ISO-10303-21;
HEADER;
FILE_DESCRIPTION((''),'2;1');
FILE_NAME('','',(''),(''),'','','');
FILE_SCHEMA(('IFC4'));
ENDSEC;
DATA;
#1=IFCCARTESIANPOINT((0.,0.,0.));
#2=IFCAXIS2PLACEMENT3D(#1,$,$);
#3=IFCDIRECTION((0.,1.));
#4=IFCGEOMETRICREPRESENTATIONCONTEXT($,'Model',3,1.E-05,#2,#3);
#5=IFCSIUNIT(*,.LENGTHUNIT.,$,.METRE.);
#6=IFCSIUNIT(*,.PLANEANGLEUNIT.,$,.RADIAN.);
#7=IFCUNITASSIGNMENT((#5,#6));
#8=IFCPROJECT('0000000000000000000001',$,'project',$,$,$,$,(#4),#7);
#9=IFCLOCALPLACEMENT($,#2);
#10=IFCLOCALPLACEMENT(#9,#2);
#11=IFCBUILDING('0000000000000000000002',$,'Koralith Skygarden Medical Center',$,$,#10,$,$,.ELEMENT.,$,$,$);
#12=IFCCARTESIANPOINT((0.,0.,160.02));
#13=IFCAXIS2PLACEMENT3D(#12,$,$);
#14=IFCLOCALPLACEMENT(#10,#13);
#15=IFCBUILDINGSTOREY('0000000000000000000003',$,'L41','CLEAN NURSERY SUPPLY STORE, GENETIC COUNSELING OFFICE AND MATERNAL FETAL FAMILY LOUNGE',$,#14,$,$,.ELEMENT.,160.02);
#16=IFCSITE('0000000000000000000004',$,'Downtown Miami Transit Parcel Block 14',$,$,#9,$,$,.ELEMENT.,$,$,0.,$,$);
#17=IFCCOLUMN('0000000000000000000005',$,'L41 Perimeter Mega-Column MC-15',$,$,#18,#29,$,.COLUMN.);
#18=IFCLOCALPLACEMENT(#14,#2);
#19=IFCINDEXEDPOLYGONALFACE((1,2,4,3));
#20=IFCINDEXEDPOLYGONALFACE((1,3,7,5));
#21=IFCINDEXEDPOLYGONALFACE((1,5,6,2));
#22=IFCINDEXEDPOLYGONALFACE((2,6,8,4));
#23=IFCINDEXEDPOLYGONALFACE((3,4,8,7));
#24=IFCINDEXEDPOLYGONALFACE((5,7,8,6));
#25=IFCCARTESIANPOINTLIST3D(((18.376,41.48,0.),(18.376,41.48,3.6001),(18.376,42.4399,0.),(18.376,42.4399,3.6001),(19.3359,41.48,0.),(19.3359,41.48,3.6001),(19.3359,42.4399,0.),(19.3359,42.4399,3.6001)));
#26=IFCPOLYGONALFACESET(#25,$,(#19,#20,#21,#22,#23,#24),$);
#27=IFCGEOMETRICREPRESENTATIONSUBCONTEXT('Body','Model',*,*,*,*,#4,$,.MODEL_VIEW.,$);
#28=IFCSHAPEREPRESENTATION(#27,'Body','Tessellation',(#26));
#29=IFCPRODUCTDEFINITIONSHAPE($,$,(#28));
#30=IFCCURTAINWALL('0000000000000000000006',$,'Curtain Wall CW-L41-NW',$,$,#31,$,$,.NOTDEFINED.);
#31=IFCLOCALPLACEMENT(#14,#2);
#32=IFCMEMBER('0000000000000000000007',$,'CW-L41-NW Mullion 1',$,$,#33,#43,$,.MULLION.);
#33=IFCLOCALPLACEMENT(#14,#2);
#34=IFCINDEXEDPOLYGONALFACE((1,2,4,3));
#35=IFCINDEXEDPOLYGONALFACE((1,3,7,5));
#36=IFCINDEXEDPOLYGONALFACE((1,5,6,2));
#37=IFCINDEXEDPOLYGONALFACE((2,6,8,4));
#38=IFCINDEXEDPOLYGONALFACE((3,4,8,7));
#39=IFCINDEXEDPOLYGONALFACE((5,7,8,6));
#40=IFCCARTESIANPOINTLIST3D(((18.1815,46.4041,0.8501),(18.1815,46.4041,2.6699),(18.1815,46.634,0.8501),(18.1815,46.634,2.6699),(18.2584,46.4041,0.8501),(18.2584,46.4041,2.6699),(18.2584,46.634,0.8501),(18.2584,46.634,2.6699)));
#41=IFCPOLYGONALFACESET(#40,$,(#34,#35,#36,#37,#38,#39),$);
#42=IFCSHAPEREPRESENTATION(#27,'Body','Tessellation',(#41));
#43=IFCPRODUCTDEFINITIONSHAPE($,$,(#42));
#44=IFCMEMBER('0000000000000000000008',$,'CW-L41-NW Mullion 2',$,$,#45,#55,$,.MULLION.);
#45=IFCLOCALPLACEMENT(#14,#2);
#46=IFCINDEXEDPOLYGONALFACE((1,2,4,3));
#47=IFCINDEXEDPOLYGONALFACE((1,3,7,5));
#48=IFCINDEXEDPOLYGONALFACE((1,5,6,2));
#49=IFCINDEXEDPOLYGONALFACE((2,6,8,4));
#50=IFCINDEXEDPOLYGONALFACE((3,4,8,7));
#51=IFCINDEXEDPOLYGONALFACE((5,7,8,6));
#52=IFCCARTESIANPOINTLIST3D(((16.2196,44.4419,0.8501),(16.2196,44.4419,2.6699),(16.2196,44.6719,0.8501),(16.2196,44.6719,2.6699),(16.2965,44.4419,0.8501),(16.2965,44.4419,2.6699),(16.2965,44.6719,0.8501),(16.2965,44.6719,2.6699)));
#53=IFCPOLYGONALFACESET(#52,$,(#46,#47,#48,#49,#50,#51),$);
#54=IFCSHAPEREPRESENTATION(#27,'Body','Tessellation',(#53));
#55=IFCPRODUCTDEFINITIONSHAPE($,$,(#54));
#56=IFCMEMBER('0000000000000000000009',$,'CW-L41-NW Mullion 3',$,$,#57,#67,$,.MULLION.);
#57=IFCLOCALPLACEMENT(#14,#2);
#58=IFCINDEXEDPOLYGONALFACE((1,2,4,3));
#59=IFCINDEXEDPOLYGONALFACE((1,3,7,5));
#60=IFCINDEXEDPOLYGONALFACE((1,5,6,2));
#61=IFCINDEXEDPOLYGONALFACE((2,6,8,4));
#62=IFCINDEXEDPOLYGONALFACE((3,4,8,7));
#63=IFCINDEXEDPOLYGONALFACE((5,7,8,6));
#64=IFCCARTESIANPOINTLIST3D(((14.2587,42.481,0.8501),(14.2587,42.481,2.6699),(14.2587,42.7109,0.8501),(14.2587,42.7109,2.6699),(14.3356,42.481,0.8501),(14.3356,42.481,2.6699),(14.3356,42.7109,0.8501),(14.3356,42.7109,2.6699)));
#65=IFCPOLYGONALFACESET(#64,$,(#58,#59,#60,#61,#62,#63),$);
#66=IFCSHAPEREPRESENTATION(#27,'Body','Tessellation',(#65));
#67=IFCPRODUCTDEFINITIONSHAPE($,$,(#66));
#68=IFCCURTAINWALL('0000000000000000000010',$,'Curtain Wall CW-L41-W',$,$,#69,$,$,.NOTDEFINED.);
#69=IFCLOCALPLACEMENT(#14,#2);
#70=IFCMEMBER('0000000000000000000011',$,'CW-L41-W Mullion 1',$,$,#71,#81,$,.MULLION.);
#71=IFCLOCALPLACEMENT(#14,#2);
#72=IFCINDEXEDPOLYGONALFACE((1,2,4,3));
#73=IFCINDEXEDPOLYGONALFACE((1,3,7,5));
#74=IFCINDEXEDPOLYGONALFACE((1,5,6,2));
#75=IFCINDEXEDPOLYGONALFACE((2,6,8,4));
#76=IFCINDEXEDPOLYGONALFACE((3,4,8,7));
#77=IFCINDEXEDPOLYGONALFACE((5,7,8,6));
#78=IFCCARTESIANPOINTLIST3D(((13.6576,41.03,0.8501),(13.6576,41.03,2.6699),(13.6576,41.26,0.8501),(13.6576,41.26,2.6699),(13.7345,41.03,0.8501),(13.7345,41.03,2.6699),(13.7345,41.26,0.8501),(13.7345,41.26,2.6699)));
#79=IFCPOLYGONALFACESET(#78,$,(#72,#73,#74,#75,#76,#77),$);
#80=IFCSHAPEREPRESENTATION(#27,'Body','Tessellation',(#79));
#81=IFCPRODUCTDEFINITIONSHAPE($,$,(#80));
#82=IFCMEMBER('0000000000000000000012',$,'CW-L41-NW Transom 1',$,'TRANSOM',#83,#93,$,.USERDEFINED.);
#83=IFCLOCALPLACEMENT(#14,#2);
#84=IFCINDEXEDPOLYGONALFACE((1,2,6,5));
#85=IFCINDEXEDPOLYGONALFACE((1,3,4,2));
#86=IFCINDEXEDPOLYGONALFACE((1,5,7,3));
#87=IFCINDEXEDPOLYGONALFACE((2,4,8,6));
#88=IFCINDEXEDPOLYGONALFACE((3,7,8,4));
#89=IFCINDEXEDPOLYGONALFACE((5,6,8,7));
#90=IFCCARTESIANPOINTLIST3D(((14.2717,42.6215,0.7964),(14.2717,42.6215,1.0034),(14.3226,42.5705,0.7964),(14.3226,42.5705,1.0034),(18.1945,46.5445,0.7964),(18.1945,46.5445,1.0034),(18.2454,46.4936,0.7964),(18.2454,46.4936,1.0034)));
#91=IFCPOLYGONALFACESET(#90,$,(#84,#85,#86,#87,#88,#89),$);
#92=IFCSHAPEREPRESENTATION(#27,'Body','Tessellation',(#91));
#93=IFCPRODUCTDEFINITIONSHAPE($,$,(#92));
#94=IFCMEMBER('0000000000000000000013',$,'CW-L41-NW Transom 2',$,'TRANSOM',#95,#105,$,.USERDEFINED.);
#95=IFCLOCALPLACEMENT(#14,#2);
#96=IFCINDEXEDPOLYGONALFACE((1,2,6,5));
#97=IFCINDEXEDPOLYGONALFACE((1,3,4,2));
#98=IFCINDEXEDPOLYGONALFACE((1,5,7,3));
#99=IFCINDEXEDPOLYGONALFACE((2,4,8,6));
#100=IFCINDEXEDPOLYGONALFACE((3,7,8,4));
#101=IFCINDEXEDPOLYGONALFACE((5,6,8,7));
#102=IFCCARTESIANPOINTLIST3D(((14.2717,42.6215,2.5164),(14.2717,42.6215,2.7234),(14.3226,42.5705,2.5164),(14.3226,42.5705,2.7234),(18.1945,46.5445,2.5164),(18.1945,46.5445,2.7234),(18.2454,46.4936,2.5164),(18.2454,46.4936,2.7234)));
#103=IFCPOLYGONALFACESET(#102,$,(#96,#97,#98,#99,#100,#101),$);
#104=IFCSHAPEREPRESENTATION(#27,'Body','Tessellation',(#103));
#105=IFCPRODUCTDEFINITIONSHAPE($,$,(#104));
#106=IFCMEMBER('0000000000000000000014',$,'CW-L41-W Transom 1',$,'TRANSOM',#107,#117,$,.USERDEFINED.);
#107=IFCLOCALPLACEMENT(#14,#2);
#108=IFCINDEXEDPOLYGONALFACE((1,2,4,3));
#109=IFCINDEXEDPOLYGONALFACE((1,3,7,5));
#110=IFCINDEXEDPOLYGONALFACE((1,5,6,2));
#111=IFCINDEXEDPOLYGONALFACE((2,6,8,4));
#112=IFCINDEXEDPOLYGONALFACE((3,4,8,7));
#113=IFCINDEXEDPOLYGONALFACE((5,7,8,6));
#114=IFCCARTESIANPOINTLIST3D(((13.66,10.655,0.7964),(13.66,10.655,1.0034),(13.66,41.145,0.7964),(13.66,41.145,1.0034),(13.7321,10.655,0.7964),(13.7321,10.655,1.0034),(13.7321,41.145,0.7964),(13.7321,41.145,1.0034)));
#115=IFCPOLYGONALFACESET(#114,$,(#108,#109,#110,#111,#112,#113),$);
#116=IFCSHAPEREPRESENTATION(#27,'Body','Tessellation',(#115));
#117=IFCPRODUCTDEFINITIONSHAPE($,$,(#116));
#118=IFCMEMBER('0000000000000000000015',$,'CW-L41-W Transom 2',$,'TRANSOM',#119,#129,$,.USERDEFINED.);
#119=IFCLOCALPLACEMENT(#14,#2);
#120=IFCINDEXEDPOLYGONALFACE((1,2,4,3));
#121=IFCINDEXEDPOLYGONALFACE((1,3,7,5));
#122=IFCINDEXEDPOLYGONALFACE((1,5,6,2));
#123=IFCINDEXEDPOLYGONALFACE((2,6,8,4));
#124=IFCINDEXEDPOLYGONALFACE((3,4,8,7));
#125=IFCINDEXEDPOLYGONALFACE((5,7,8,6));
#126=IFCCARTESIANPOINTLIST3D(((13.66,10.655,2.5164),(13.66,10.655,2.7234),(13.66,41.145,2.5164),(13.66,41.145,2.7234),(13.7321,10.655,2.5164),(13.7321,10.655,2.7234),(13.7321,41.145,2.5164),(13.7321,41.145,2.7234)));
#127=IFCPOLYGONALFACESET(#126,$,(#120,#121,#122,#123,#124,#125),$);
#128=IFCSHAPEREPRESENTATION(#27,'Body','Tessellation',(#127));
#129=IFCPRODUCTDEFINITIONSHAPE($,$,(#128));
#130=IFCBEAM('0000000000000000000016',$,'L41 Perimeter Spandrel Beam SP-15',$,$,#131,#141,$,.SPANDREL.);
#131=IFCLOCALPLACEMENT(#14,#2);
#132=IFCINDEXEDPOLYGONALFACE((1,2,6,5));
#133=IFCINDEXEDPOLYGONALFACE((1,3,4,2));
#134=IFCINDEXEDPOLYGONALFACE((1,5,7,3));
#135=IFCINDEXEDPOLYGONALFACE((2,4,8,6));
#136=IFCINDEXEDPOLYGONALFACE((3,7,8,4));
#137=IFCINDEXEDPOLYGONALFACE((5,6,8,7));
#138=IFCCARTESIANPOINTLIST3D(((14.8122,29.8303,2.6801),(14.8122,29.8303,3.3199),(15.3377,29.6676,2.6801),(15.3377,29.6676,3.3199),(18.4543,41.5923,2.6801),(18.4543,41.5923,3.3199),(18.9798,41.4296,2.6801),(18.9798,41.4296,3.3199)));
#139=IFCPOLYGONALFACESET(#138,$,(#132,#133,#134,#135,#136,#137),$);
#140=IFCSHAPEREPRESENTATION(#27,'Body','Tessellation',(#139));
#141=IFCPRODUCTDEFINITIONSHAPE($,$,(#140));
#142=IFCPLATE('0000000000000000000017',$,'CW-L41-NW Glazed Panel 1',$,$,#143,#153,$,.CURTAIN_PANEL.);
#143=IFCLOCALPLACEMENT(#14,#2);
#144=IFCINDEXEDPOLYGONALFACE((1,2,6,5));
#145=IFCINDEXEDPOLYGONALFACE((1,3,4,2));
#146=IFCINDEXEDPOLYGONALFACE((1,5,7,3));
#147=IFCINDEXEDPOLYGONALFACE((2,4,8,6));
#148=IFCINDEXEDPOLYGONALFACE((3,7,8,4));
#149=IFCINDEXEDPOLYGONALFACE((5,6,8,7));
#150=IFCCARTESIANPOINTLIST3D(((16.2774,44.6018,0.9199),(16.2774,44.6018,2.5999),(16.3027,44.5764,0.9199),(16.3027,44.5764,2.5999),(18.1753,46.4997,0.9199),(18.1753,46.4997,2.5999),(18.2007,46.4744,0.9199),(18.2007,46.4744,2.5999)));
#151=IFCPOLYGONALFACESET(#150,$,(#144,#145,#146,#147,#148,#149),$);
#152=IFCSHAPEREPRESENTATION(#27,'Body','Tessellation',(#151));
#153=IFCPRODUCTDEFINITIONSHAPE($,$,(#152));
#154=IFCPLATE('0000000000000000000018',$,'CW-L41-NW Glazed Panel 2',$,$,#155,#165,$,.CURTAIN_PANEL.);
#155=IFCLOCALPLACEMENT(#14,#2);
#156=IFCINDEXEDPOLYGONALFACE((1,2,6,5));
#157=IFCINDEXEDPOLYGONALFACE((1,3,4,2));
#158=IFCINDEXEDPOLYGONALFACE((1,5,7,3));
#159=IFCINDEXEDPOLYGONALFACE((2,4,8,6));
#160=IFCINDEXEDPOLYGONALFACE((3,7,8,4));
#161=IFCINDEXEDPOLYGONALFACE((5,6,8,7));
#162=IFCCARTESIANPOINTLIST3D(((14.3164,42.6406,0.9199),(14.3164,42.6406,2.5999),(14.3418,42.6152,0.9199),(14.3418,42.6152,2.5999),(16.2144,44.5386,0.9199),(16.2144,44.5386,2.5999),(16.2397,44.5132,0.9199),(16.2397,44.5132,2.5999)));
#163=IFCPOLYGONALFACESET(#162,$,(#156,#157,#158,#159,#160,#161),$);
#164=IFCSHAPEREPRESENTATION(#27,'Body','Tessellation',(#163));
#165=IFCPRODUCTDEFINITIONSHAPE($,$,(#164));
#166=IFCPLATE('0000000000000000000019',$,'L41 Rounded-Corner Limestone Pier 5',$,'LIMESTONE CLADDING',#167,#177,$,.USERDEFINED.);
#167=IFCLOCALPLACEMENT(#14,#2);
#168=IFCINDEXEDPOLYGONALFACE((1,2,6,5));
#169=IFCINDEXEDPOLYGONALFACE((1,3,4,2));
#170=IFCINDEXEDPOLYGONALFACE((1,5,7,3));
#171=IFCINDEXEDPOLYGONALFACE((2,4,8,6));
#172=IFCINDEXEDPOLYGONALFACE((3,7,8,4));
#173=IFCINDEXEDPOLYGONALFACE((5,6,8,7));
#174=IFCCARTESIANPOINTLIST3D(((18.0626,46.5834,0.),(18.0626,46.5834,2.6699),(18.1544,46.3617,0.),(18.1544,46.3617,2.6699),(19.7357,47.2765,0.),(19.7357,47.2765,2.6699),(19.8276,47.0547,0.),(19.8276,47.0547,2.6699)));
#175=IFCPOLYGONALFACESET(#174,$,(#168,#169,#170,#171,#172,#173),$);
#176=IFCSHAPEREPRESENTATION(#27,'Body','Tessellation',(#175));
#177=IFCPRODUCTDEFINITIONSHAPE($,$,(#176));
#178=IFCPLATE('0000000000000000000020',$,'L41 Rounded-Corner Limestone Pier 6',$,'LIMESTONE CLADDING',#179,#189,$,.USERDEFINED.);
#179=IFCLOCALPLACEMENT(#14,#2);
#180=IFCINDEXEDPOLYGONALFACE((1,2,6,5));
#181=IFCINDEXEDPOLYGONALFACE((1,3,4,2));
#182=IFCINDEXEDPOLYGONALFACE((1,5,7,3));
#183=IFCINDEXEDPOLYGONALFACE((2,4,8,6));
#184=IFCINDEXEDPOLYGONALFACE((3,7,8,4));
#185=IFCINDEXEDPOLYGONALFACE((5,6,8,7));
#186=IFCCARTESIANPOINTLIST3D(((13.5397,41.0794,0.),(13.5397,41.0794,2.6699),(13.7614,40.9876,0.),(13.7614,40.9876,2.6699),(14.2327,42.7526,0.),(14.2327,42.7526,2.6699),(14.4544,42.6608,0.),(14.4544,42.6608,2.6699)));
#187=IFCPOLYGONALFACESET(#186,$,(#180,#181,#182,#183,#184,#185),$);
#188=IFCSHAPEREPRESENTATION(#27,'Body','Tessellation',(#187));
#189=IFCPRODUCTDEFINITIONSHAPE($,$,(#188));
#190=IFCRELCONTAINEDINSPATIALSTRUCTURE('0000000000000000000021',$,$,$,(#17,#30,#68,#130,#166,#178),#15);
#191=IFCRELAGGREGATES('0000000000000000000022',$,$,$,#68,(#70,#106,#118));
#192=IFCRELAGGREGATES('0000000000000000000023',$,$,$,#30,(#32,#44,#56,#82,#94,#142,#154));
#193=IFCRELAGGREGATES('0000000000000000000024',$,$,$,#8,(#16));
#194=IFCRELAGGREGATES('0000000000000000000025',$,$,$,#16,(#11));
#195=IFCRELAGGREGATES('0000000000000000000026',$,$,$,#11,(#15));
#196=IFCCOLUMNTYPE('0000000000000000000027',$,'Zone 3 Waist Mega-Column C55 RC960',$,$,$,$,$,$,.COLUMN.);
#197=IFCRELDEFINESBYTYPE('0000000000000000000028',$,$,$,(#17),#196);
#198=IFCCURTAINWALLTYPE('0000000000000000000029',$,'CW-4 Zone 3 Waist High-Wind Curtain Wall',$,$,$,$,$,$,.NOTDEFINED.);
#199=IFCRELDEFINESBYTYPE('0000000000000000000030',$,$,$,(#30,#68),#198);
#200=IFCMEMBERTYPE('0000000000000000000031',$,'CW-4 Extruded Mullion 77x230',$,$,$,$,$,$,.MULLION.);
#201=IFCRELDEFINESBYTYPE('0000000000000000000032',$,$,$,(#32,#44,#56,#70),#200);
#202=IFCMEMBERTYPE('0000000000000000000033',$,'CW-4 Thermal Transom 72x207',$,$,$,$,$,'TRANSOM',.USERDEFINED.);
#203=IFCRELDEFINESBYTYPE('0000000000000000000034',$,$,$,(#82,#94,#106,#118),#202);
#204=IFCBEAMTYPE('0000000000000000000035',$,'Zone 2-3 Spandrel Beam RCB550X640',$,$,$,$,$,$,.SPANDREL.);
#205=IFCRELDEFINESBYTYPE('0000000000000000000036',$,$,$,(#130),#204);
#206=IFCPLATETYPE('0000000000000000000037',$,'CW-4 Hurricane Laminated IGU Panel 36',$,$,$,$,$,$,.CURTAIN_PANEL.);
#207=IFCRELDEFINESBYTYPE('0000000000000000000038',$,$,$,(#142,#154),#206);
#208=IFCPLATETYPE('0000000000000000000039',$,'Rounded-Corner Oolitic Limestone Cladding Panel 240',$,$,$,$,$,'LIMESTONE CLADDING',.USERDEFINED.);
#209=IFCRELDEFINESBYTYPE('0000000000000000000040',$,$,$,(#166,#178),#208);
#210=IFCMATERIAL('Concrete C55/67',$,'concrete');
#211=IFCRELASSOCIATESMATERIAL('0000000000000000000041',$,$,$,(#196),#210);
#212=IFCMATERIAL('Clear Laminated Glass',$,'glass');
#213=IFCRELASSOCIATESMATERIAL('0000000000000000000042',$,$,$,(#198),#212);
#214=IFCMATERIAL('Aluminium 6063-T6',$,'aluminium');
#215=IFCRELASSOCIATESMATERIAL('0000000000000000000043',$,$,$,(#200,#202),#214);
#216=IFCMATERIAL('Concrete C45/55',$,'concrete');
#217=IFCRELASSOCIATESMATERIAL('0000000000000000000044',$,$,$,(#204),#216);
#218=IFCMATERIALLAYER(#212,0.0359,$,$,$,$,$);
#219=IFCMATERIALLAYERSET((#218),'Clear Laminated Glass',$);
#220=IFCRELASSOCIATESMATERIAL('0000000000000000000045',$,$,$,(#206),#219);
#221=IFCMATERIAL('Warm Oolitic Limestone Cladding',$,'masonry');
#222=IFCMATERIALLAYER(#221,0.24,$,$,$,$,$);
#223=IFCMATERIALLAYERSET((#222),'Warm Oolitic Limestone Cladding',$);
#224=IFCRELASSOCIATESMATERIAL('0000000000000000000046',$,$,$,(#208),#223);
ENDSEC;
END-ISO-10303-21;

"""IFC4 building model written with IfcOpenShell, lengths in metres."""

from ifc_helpers import new_model, si_unit, direction, frame, origin, origin_2d, place, context, subcontext, project, spatial, rectangle, extrude, material, layer, layer_set, material_profile, profile_set, type_object, element, aggregate, save


model = new_model("IFC4")

# Units and contexts
model_context = context("Model", 3, precision=1e-05, world=origin(), true_north=direction((0.0, 1.0)))
body_context = subcontext(model_context, "Body", "Model", "MODEL_VIEW")
ifc_project = project(units=[si_unit("LENGTHUNIT", "METRE"), si_unit("PLANEANGLEUNIT", "RADIAN")], contexts=[model_context])

# Site, building, storey
site_placement = place(None, origin())
site = spatial("IfcSite", under=ifc_project, at=site_placement, Name="Downtown Miami Transit Parcel Block 14", CompositionType="ELEMENT", RefElevation=0.0)
building_placement = place(site_placement, origin())
building = spatial("IfcBuilding", under=site, at=building_placement, Name="Koralith Skygarden Medical Center", CompositionType="ELEMENT")
storey_placement = place(building_placement, frame((0.0, 0.0, 160.02)))
storey = spatial("IfcBuildingStorey", under=building, at=storey_placement, Name="L41", Description="CLEAN NURSERY SUPPLY STORE, GENETIC COUNSELING OFFICE AND MATERNAL FETAL FAMILY LOUNGE", CompositionType="ELEMENT", Elevation=160.02)

# Column
ifc_material_1 = material(Name="Concrete C55/67", Category="concrete")
ifc_material_profile_1 = material_profile(ifc_material_1, rectangle(XDim=0.96, YDim=0.96, at=origin_2d()), Name="RC960X960")
ifc_profile_set_1 = profile_set([ifc_material_profile_1], Name="Concrete C55/67")
column_type = type_object("IfcColumnType", Name="Zone 3 Waist Mega-Column C55 RC960", PredefinedType="COLUMN", material=ifc_profile_set_1)
column_placement = place(storey_placement, frame((18.856, 41.96, 0.0), z_axis=(0.0, 0.0, 1.0), x_axis=(1.0, 0.0, 0.0)))
element("IfcColumn", 1, at=column_placement, inside=storey, type_object=column_type, Name="L41 Perimeter Mega-Column MC-15", PredefinedType="COLUMN", context=body_context, shape_type="SweptSolid", body=[
    extrude(rectangle(XDim=0.96, YDim=0.96, at=origin_2d()), origin(), (0.0, 0.0, 1.0), 3.6001),
])

# Curtain wall, members
ifc_material_2 = material(Name="Clear Laminated Glass", Category="glass")
curtain_wall_type = type_object("IfcCurtainWallType", Name="CW-4 Zone 3 Waist High-Wind Curtain Wall", PredefinedType="NOTDEFINED", material=ifc_material_2)
curtain_wall_1_placement = place(storey_placement, origin())
curtain_wall_1 = element("IfcCurtainWall", 2, at=curtain_wall_1_placement, inside=storey, type_object=curtain_wall_type, Name="Curtain Wall CW-L41-NW", PredefinedType="NOTDEFINED")
ifc_material_3 = material(Name="Aluminium 6063-T6", Category="aluminium")
ifc_material_profile_2 = material_profile(ifc_material_3, rectangle(XDim=0.0769, YDim=0.23, at=origin_2d()), Name="MUL77X230")
ifc_profile_set_2 = profile_set([ifc_material_profile_2], Name="Aluminium 6063-T6")
member_type_1 = type_object("IfcMemberType", Name="CW-4 Extruded Mullion 77x230", PredefinedType="MULLION", material=ifc_profile_set_2)
member_1_placement = place(storey_placement, frame((18.22, 46.519, 0.8501), z_axis=(0.0, 0.0, 1.0), x_axis=(1.0, 0.0, 0.0)))
member_1 = element("IfcMember", 3, at=member_1_placement, type_object=member_type_1, Name="CW-L41-NW Mullion 1", PredefinedType="MULLION", context=body_context, shape_type="SweptSolid", body=[
    extrude(rectangle(XDim=0.0769, YDim=0.23, at=origin_2d()), origin(), (0.0, 0.0, 1.0), 1.8198),
])
member_2_placement = place(storey_placement, frame((16.2581, 44.5569, 0.8501), z_axis=(0.0, 0.0, 1.0), x_axis=(1.0, 0.0, 0.0)))
member_2 = element("IfcMember", 4, at=member_2_placement, type_object=member_type_1, Name="CW-L41-NW Mullion 2", PredefinedType="MULLION", context=body_context, shape_type="SweptSolid", body=[
    extrude(rectangle(XDim=0.0769, YDim=0.23, at=origin_2d()), origin(), (0.0, 0.0, 1.0), 1.8198),
])
member_3_placement = place(storey_placement, frame((14.2971, 42.5959, 0.8501), z_axis=(0.0, 0.0, 1.0), x_axis=(1.0, 0.0, 0.0)))
member_3 = element("IfcMember", 5, at=member_3_placement, type_object=member_type_1, Name="CW-L41-NW Mullion 3", PredefinedType="MULLION", context=body_context, shape_type="SweptSolid", body=[
    extrude(rectangle(XDim=0.0769, YDim=0.23, at=origin_2d()), origin(), (0.0, 0.0, 1.0), 1.8198),
])

# Curtain wall, member
curtain_wall_2_placement = place(storey_placement, origin())
curtain_wall_2 = element("IfcCurtainWall", 6, at=curtain_wall_2_placement, inside=storey, type_object=curtain_wall_type, Name="Curtain Wall CW-L41-W", PredefinedType="NOTDEFINED")
member_4_placement = place(storey_placement, frame((13.696, 41.145, 0.8501), z_axis=(0.0, 0.0, 1.0), x_axis=(1.0, 0.0, 0.0)))
member_4 = element("IfcMember", 7, at=member_4_placement, type_object=member_type_1, Name="CW-L41-W Mullion 1", PredefinedType="MULLION", context=body_context, shape_type="SweptSolid", body=[
    extrude(rectangle(XDim=0.0769, YDim=0.23, at=origin_2d()), origin(), (0.0, 0.0, 1.0), 1.8198),
])

# Members
ifc_material_profile_3 = material_profile(ifc_material_3, rectangle(XDim=0.072, YDim=0.207, at=origin_2d()), Name="TRN72X207")
ifc_profile_set_3 = profile_set([ifc_material_profile_3], Name="Aluminium 6063-T6")
member_type_2 = type_object("IfcMemberType", Name="CW-4 Thermal Transom 72x207", ElementType="TRANSOM", PredefinedType="USERDEFINED", material=ifc_profile_set_3)
member_5_placement = place(storey_placement, frame((18.22, 46.519, 0.8999), z_axis=(-0.707085, -0.707129, 0.0), x_axis=(0.707129, -0.707085, 0.0)))
member_5 = element("IfcMember", 8, at=member_5_placement, type_object=member_type_2, Name="CW-L41-NW Transom 1", ObjectType="TRANSOM", PredefinedType="USERDEFINED", context=body_context, shape_type="SweptSolid", body=[
    extrude(rectangle(XDim=0.072, YDim=0.207, at=origin_2d()), origin(), (0.0, 0.0, 1.0), 5.5479),
])
member_6_placement = place(storey_placement, frame((18.22, 46.519, 2.6199), z_axis=(-0.707085, -0.707129, 0.0), x_axis=(0.707129, -0.707085, 0.0)))
member_6 = element("IfcMember", 9, at=member_6_placement, type_object=member_type_2, Name="CW-L41-NW Transom 2", ObjectType="TRANSOM", PredefinedType="USERDEFINED", context=body_context, shape_type="SweptSolid", body=[
    extrude(rectangle(XDim=0.072, YDim=0.207, at=origin_2d()), origin(), (0.0, 0.0, 1.0), 5.5479),
])
member_7_placement = place(storey_placement, frame((13.696, 41.145, 0.8999), z_axis=(0.0, -1.0, 0.0), x_axis=(1.0, 0.0, 0.0)))
member_7 = element("IfcMember", 10, at=member_7_placement, type_object=member_type_2, Name="CW-L41-W Transom 1", ObjectType="TRANSOM", PredefinedType="USERDEFINED", context=body_context, shape_type="SweptSolid", body=[
    extrude(rectangle(XDim=0.072, YDim=0.207, at=origin_2d()), origin(), (0.0, 0.0, 1.0), 30.49),
])
member_8_placement = place(storey_placement, frame((13.696, 41.145, 2.6199), z_axis=(0.0, -1.0, 0.0), x_axis=(1.0, 0.0, 0.0)))
member_8 = element("IfcMember", 11, at=member_8_placement, type_object=member_type_2, Name="CW-L41-W Transom 2", ObjectType="TRANSOM", PredefinedType="USERDEFINED", context=body_context, shape_type="SweptSolid", body=[
    extrude(rectangle(XDim=0.072, YDim=0.207, at=origin_2d()), origin(), (0.0, 0.0, 1.0), 30.49),
])
aggregate(curtain_wall_2, [member_4, member_7, member_8])

# Beam
ifc_material_4 = material(Name="Concrete C45/55", Category="concrete")
ifc_material_profile_4 = material_profile(ifc_material_4, rectangle(XDim=0.55, YDim=0.6399, at=origin_2d()), Name="RCB550X640")
ifc_profile_set_4 = profile_set([ifc_material_profile_4], Name="Concrete C45/55")
beam_type = type_object("IfcBeamType", Name="Zone 2-3 Spandrel Beam RCB550X640", PredefinedType="SPANDREL", material=ifc_profile_set_4)
beam_placement = place(storey_placement, frame((18.717, 41.511, 3.0), z_axis=(-0.295794, -0.955252, 0.0), x_axis=(0.955252, -0.295794, 0.0)))
element("IfcBeam", 12, at=beam_placement, inside=storey, type_object=beam_type, Name="L41 Perimeter Spandrel Beam SP-15", PredefinedType="SPANDREL", context=body_context, shape_type="SweptSolid", body=[
    extrude(rectangle(XDim=0.55, YDim=0.6399, at=origin_2d()), origin(), (0.0, 0.0, 1.0), 12.313),
])

# Plates
ifc_layer_1 = layer(ifc_material_2, 0.0359)
ifc_layer_set_1 = layer_set([ifc_layer_1], Name="Clear Laminated Glass")
plate_type_1 = type_object("IfcPlateType", Name="CW-4 Hurricane Laminated IGU Panel 36", PredefinedType="CURTAIN_PANEL", material=ifc_layer_set_1)
plate_1_placement = place(storey_placement, frame((17.239, 45.5381, 0.9199), z_axis=(0.0, 0.0, 1.0), x_axis=(-0.707107, -0.707107, 0.0)))
plate_1 = element("IfcPlate", 13, at=plate_1_placement, type_object=plate_type_1, Name="CW-L41-NW Glazed Panel 1", PredefinedType="CURTAIN_PANEL", context=body_context, shape_type="SweptSolid", body=[
    extrude(rectangle(XDim=2.6841, YDim=0.0359, at=origin_2d()), origin(), (0.0, 0.0, 1.0), 1.6799),
])
plate_2_placement = place(storey_placement, frame((15.2781, 43.5769, 0.9199), z_axis=(0.0, 0.0, 1.0), x_axis=(-0.707107, -0.707107, 0.0)))
plate_2 = element("IfcPlate", 14, at=plate_2_placement, type_object=plate_type_1, Name="CW-L41-NW Glazed Panel 2", PredefinedType="CURTAIN_PANEL", context=body_context, shape_type="SweptSolid", body=[
    extrude(rectangle(XDim=2.6841, YDim=0.0359, at=origin_2d()), origin(), (0.0, 0.0, 1.0), 1.6799),
])
aggregate(curtain_wall_1, [member_1, member_2, member_3, member_5, member_6, plate_1, plate_2])

# Plates
ifc_material_5 = material(Name="Warm Oolitic Limestone Cladding", Category="masonry")
ifc_layer_2 = layer(ifc_material_5, 0.24)
ifc_layer_set_2 = layer_set([ifc_layer_2], Name="Warm Oolitic Limestone Cladding")
plate_type_2 = type_object("IfcPlateType", Name="Rounded-Corner Oolitic Limestone Cladding Panel 240", ElementType="LIMESTONE CLADDING", PredefinedType="USERDEFINED", material=ifc_layer_set_2)
for number, where, z_axis, x_axis, name in (
    (15, (18.9451, 46.8191, 0.0), (0.0, 0.0, 1.0), (-0.923885, -0.382671, 0.0), "L41 Rounded-Corner Limestone Pier 5"),
    (16, (13.9971, 41.8701, 0.0), (0.0, 0.0, 1.0), (-0.382671, -0.923885, 0.0), "L41 Rounded-Corner Limestone Pier 6"),
):
    element("IfcPlate", number, at=place(storey_placement, frame(where, z_axis=z_axis, x_axis=x_axis)), inside=storey, type_object=plate_type_2, Name=name, ObjectType="LIMESTONE CLADDING", PredefinedType="USERDEFINED", context=body_context, shape_type="SweptSolid", body=[
        extrude(rectangle(XDim=1.811, YDim=0.24, at=origin_2d()), origin(), (0.0, 0.0, 1.0), 2.6699),
    ])

save(model, "model.ifc")
